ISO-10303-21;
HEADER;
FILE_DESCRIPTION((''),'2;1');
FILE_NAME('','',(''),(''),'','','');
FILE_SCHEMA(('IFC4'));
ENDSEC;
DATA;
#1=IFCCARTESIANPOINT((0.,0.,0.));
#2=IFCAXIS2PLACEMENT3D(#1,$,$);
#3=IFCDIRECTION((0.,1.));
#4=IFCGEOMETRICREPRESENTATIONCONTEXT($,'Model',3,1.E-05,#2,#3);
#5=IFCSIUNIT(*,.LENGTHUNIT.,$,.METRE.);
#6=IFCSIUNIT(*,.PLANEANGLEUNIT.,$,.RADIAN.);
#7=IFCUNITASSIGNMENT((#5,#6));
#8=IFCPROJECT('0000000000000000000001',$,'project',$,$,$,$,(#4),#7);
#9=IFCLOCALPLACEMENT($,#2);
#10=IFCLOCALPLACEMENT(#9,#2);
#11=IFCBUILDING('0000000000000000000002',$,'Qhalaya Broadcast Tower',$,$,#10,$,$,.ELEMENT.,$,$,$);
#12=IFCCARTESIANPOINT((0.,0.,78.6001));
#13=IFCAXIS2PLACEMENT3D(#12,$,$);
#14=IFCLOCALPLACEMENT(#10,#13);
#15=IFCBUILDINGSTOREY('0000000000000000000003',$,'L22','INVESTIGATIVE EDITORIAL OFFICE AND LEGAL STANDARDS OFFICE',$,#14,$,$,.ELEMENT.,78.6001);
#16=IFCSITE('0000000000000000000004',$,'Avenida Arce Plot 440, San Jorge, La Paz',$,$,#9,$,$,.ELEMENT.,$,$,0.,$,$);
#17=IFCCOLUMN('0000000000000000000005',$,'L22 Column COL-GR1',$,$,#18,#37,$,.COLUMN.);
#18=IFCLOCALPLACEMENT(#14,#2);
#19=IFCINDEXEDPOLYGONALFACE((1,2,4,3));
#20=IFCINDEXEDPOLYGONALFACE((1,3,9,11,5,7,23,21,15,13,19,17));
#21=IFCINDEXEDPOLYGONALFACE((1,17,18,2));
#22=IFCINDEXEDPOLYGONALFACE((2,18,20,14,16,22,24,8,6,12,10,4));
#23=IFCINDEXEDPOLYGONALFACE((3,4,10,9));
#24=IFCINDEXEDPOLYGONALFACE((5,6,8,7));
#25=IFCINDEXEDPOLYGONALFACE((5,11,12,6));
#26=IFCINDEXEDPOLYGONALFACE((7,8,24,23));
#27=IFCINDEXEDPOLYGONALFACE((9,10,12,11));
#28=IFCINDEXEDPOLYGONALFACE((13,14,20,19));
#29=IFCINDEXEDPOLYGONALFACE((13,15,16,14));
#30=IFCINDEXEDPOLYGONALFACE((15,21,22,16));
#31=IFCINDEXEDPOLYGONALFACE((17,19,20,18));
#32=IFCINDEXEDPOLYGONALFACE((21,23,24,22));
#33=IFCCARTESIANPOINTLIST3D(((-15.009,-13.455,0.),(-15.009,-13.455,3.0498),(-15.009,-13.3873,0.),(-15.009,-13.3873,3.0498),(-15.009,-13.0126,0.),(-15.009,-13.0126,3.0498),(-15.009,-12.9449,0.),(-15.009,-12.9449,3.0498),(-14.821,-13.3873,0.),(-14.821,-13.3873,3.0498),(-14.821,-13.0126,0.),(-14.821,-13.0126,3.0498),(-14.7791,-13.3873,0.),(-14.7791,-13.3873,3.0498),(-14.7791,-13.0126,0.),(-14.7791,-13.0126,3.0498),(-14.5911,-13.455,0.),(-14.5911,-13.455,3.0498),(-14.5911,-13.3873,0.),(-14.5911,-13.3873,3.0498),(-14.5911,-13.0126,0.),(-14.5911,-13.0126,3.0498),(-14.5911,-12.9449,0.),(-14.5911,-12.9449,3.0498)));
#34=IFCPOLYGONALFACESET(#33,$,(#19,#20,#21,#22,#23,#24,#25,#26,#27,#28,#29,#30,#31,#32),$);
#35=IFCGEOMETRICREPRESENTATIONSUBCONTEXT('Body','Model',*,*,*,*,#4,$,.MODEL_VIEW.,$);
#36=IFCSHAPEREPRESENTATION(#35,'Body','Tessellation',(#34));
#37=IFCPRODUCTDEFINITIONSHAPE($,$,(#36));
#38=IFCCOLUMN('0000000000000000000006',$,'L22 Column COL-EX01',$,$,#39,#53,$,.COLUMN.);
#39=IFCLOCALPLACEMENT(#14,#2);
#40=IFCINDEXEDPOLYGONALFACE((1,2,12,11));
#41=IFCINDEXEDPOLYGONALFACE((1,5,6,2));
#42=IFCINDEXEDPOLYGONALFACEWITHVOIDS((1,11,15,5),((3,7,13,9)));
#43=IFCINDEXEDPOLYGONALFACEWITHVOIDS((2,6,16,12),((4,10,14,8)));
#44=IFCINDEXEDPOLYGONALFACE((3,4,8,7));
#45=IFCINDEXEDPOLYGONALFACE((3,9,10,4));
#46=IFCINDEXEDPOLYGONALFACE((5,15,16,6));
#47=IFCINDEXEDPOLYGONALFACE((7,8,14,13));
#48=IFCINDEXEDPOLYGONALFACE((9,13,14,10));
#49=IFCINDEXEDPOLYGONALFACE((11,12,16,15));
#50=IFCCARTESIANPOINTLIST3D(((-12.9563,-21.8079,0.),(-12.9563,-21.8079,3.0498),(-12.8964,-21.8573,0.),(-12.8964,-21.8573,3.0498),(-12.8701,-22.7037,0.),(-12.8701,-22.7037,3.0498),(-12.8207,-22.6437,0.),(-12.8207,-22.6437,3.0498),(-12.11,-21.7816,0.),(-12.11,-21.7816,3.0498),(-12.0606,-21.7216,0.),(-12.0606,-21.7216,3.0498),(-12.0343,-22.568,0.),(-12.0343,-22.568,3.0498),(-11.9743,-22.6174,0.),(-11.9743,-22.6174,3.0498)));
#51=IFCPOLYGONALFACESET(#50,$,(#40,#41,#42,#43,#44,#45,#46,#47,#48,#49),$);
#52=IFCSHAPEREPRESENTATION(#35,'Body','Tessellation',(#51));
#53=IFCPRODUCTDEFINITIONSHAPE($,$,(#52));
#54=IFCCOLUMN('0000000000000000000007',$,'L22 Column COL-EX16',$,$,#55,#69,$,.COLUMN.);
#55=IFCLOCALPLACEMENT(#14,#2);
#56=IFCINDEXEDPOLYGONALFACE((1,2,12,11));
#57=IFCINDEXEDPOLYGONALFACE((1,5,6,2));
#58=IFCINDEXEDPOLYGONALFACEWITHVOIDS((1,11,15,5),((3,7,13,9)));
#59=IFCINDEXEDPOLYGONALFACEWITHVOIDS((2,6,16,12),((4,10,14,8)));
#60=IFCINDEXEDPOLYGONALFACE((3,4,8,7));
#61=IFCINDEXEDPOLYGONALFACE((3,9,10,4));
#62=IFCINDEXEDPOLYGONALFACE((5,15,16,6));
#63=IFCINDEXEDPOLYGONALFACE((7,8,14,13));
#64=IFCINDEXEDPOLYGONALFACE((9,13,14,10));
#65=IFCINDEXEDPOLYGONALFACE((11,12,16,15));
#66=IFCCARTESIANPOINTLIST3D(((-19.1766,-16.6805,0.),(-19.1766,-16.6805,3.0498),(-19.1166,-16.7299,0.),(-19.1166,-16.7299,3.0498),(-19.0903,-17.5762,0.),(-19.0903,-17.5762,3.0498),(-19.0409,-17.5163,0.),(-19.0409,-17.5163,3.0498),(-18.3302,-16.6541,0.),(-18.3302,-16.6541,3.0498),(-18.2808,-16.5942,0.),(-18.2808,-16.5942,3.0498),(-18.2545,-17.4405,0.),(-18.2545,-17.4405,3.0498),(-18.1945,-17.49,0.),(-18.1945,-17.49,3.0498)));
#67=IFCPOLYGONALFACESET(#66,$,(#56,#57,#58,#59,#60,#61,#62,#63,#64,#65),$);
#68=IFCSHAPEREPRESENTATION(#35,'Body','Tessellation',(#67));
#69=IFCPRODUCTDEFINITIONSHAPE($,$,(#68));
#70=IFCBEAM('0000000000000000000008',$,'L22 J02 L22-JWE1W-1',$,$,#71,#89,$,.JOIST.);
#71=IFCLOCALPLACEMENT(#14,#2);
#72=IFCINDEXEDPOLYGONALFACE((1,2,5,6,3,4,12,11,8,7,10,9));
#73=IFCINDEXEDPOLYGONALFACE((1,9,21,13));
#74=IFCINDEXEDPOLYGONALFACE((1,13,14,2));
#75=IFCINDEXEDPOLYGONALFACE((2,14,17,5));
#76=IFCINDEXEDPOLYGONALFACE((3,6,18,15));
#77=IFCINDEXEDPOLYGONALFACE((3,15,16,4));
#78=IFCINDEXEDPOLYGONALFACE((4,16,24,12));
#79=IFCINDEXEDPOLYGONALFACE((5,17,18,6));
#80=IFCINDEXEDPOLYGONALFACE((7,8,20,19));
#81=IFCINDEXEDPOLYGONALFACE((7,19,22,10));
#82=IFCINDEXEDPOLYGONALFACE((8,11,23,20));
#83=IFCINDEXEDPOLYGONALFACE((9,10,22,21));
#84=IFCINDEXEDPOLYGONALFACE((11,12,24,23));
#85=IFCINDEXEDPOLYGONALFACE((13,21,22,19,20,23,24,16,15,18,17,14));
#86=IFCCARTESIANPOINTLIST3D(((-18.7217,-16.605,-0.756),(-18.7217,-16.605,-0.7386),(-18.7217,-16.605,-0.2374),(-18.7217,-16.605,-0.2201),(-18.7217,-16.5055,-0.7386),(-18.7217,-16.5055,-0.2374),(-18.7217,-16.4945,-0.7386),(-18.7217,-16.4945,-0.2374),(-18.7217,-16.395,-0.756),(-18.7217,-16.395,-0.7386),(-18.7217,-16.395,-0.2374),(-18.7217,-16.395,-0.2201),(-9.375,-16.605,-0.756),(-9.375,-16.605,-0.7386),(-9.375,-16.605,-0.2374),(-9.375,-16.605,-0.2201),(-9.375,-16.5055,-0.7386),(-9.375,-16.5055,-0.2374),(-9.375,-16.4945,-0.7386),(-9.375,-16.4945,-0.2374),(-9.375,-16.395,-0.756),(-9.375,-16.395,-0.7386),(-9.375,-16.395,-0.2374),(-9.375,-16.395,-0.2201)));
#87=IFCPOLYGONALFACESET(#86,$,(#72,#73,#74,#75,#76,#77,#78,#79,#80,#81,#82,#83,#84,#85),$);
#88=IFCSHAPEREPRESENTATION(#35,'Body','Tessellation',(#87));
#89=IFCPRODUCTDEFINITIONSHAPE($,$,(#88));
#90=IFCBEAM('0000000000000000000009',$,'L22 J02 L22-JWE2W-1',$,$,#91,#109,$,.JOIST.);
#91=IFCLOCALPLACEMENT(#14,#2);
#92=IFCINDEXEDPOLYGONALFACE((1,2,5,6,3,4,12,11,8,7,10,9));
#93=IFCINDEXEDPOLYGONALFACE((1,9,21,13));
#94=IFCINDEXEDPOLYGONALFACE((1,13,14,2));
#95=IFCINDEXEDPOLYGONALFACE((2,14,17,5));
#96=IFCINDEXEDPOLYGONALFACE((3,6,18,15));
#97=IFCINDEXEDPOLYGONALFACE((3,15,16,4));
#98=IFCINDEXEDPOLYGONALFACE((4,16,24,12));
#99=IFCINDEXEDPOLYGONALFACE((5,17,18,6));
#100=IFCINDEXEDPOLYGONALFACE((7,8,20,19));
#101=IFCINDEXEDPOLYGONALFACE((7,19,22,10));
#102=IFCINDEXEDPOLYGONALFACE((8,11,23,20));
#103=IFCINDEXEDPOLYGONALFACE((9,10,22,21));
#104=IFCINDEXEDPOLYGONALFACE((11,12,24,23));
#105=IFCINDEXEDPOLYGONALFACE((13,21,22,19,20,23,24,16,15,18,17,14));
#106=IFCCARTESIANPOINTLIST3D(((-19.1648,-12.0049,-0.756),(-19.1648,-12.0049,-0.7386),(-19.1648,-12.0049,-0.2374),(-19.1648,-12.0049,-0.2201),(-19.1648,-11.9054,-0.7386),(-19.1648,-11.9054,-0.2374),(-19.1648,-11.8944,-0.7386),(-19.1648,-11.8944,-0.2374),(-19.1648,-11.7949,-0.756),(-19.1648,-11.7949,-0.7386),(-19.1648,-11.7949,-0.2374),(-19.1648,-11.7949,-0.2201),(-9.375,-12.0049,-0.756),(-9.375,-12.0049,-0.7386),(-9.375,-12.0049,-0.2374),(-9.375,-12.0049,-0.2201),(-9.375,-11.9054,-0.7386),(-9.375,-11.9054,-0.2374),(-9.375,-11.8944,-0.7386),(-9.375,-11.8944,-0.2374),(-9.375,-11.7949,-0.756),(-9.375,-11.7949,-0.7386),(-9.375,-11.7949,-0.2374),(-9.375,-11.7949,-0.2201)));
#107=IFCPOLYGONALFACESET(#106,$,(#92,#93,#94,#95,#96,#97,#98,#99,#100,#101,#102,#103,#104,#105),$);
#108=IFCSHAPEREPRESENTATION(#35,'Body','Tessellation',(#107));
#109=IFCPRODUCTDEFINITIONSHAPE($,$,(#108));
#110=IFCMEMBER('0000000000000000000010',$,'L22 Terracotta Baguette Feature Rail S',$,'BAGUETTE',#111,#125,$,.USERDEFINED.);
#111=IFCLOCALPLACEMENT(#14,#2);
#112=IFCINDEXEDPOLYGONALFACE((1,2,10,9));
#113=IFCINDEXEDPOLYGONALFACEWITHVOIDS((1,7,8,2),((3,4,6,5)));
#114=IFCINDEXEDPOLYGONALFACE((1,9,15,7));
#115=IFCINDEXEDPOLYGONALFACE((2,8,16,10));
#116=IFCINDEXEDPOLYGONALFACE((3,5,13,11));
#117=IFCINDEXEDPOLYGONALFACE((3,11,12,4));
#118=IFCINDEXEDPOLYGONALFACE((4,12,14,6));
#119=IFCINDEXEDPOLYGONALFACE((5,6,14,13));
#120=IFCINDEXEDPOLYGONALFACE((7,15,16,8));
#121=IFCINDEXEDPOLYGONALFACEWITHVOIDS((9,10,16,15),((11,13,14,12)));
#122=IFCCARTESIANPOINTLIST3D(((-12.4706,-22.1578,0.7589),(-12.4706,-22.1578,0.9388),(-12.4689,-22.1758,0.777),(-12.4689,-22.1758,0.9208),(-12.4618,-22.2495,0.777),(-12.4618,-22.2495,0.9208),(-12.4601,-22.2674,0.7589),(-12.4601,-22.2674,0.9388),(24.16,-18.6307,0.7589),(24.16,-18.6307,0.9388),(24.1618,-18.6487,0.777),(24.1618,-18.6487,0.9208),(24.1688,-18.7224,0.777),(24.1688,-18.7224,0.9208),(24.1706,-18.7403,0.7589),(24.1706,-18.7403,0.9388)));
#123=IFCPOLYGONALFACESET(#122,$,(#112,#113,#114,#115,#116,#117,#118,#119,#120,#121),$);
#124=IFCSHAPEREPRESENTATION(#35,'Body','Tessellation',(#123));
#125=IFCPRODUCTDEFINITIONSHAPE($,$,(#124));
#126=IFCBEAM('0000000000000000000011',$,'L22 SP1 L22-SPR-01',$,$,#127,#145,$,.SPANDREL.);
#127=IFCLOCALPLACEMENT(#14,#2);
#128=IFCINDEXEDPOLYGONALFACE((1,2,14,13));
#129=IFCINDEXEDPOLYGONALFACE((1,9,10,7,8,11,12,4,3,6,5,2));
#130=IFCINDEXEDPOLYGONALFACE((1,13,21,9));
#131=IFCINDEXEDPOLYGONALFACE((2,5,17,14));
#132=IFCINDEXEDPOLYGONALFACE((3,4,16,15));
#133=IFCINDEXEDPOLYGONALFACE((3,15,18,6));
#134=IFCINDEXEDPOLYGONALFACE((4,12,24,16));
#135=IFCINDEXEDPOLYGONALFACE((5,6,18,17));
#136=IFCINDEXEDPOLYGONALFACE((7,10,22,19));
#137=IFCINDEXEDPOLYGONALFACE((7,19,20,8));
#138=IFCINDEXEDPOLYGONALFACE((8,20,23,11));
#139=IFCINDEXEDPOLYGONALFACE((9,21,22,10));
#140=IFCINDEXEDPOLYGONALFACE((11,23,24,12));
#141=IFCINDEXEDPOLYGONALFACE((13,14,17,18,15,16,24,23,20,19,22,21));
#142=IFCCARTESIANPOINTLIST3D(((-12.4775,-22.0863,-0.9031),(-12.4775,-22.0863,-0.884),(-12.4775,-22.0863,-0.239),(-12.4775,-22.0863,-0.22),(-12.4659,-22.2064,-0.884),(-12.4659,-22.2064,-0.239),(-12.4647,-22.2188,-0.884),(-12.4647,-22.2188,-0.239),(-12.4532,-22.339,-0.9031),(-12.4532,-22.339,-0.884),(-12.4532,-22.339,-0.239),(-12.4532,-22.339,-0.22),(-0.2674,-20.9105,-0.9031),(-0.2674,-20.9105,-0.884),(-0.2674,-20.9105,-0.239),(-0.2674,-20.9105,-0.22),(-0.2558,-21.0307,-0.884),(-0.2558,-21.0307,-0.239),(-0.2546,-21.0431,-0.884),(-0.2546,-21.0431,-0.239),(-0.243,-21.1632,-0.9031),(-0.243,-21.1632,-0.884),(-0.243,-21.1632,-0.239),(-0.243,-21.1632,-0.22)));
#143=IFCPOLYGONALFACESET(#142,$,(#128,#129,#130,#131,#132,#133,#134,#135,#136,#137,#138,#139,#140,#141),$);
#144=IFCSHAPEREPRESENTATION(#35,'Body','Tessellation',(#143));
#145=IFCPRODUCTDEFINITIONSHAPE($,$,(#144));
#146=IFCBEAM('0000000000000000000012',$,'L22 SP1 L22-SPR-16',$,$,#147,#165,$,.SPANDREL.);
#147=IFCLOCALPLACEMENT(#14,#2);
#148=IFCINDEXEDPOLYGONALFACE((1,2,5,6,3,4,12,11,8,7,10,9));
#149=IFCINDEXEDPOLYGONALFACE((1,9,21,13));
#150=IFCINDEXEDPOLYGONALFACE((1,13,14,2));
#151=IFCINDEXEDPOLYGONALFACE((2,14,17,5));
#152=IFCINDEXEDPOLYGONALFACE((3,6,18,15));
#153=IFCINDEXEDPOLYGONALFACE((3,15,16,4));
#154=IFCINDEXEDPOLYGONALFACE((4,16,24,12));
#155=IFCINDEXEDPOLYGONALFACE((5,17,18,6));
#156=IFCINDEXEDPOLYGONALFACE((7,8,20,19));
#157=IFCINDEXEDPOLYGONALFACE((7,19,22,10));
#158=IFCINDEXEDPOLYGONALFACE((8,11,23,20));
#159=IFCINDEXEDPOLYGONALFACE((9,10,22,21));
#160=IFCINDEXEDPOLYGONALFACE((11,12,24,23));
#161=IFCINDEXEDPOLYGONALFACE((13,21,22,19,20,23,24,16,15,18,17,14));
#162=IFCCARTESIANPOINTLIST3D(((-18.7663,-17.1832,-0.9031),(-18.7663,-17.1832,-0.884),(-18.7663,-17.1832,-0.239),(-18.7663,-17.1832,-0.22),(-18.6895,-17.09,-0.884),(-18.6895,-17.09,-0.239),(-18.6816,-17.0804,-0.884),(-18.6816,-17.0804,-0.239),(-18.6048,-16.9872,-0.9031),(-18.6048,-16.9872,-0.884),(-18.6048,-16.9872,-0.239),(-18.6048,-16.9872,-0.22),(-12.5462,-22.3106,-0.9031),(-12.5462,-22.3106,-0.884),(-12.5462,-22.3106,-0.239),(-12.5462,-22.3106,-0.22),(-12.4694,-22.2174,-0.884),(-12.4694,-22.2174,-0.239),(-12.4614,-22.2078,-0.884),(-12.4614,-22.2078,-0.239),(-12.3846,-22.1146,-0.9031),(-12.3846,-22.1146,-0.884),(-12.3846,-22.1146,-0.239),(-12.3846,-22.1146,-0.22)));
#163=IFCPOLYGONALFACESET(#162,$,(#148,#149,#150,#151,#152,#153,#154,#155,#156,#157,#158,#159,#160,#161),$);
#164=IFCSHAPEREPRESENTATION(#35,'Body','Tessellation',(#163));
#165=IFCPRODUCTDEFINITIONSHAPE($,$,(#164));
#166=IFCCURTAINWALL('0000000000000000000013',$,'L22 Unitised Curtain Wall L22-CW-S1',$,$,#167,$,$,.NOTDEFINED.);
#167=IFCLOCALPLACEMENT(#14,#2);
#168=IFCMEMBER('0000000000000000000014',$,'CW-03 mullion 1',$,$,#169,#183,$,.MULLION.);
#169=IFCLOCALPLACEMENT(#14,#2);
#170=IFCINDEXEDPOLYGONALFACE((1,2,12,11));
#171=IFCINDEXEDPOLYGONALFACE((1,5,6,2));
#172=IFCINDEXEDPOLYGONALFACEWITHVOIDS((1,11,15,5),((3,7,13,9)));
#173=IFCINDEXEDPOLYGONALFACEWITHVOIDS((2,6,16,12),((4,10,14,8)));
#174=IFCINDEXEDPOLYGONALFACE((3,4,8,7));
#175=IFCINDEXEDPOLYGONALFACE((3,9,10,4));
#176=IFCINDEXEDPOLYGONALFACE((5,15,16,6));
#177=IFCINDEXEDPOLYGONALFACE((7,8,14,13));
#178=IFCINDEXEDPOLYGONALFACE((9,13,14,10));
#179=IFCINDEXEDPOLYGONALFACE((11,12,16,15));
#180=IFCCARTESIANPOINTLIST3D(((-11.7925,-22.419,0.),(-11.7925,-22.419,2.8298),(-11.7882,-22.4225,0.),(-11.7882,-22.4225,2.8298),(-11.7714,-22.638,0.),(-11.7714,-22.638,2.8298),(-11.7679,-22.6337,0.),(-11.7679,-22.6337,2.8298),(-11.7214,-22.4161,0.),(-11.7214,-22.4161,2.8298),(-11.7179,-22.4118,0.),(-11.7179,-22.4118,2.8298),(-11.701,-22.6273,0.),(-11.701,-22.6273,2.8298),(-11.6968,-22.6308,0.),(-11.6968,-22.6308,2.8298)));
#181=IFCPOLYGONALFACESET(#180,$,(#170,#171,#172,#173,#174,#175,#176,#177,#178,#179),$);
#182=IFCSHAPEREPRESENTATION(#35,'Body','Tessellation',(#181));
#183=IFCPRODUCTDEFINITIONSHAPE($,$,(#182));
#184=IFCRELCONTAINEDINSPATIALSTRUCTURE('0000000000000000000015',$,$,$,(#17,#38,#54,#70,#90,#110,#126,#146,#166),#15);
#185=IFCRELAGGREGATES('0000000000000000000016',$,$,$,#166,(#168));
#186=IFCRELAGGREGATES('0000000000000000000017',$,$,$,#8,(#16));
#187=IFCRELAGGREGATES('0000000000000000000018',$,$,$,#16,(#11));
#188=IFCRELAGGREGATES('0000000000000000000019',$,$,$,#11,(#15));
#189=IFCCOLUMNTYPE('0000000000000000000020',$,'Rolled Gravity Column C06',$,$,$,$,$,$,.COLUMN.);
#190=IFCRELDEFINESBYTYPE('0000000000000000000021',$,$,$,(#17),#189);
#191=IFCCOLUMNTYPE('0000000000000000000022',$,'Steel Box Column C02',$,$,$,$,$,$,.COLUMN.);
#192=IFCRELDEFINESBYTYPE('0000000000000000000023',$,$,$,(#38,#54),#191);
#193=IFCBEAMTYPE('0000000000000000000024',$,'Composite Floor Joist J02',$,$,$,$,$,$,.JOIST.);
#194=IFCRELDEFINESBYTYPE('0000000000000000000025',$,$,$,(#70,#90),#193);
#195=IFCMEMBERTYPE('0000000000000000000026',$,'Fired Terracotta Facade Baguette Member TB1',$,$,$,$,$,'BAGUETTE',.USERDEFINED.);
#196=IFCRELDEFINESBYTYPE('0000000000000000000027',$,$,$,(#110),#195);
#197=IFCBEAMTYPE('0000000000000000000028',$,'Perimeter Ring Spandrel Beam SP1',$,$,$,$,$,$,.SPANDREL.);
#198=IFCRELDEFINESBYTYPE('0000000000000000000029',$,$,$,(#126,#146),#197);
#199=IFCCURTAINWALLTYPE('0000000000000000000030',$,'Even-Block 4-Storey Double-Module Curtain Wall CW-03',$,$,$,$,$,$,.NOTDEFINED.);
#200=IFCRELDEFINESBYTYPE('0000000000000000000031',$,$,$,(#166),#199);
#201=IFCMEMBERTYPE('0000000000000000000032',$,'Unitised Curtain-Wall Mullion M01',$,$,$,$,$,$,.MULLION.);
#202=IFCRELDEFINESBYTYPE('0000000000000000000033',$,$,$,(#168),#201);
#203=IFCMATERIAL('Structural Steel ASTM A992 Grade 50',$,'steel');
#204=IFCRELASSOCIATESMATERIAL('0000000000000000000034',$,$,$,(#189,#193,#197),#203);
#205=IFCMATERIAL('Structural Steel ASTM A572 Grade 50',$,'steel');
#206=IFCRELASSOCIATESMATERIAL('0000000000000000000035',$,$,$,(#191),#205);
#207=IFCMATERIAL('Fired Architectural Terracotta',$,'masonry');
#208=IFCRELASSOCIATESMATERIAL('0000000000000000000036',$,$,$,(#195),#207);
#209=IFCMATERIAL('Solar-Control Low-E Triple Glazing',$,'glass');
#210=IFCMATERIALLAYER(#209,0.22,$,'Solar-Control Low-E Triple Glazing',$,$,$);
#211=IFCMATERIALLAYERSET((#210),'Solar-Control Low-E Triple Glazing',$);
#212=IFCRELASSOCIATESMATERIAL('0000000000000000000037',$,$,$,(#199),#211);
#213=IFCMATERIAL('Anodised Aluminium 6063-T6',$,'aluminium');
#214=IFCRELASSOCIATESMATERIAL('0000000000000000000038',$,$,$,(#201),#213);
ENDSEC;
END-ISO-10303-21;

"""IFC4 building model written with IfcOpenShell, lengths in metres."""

from ifc_helpers import new_model, si_unit, direction, frame, origin, origin_2d, place, context, subcontext, project, spatial, hollow_rectangle, i_section, extrude, material, layer, layer_set, material_profile, profile_set, type_object, element, aggregate, save


model = new_model("IFC4")

# Units and contexts
model_context = context("Model", 3, precision=1e-05, world=origin(), true_north=direction((0.0, 1.0)))
body_context = subcontext(model_context, "Body", "Model", "MODEL_VIEW")
ifc_project = project(units=[si_unit("LENGTHUNIT", "METRE"), si_unit("PLANEANGLEUNIT", "RADIAN")], contexts=[model_context])

# Site, building, storey
site_placement = place(None, origin())
site = spatial("IfcSite", under=ifc_project, at=site_placement, Name="Avenida Arce Plot 440, San Jorge, La Paz", CompositionType="ELEMENT", RefElevation=0.0)
building_placement = place(site_placement, origin())
building = spatial("IfcBuilding", under=site, at=building_placement, Name="Qhalaya Broadcast Tower", CompositionType="ELEMENT")
storey_placement = place(building_placement, frame((0.0, 0.0, 78.6001)))
storey = spatial("IfcBuildingStorey", under=building, at=storey_placement, Name="L22", Description="INVESTIGATIVE EDITORIAL OFFICE AND LEGAL STANDARDS OFFICE", CompositionType="ELEMENT", Elevation=78.6001)

# Columns
ifc_material_1 = material(Name="Structural Steel ASTM A992 Grade 50", Category="steel")
ifc_material_profile_1 = material_profile(ifc_material_1, i_section(OverallWidth=0.418, OverallDepth=0.51, WebThickness=0.042, FlangeThickness=0.0676, at=origin_2d()), Name="W14X370")
ifc_profile_set_1 = profile_set([ifc_material_profile_1], Name="Structural Steel ASTM A992 Grade 50")
column_type_1 = type_object("IfcColumnType", Name="Rolled Gravity Column C06", PredefinedType="COLUMN", material=ifc_profile_set_1)
column_placement = place(storey_placement, frame((-14.8, -13.2, 0.0), z_axis=(0.0, 0.0, 1.0), x_axis=(1.0, 0.0, 0.0)))
element("IfcColumn", 1, at=column_placement, inside=storey, type_object=column_type_1, Name="L22 Column COL-GR1", PredefinedType="COLUMN", context=body_context, shape_type="SweptSolid", body=[
    extrude(i_section(OverallWidth=0.418, OverallDepth=0.51, WebThickness=0.042, FlangeThickness=0.0676, at=origin_2d()), origin(), (0.0, 0.0, 1.0), 3.0498),
])
ifc_material_2 = material(Name="Structural Steel ASTM A572 Grade 50", Category="steel")
ifc_material_profile_2 = material_profile(ifc_material_2, hollow_rectangle(XDim=0.8999, YDim=0.8999, WallThickness=0.0549, at=origin_2d()), Name="BOX 900x900x55")
ifc_profile_set_2 = profile_set([ifc_material_profile_2], Name="Structural Steel ASTM A572 Grade 50")
column_type_2 = type_object("IfcColumnType", Name="Steel Box Column C02", PredefinedType="COLUMN", material=ifc_profile_set_2)
for number, where, z_axis, x_axis, name in (
    (2, (-12.4653, -22.2126, 0.0), (0.0, 0.0, 1.0), (0.995396, 0.095846, 0.0), "L22 Column COL-EX01"),
    (3, (-18.6855, -17.0852, 0.0), (0.0, 0.0, 1.0), (-0.095846, 0.995396, 0.0), "L22 Column COL-EX16"),
):
    element("IfcColumn", number, at=place(storey_placement, frame(where, z_axis=z_axis, x_axis=x_axis)), inside=storey, type_object=column_type_2, Name=name, PredefinedType="COLUMN", context=body_context, shape_type="SweptSolid", body=[
        extrude(hollow_rectangle(XDim=0.8999, YDim=0.8999, WallThickness=0.0549, at=origin_2d()), origin(), (0.0, 0.0, 1.0), 3.0498),
    ])

# Beams
ifc_material_profile_3 = material_profile(ifc_material_1, i_section(OverallWidth=0.21, OverallDepth=0.5359, WebThickness=0.011, FlangeThickness=0.0173, at=origin_2d()), Name="W21X68")
ifc_profile_set_3 = profile_set([ifc_material_profile_3], Name="Structural Steel ASTM A992 Grade 50")
beam_type_1 = type_object("IfcBeamType", Name="Composite Floor Joist J02", PredefinedType="JOIST", material=ifc_profile_set_3)
beam_1_placement = place(storey_placement, frame((-18.7217, -16.5, -0.488), z_axis=(1.0, 0.0, 0.0), x_axis=(0.0, 1.0, 0.0)))
element("IfcBeam", 4, at=beam_1_placement, inside=storey, type_object=beam_type_1, Name="L22 J02 L22-JWE1W-1", PredefinedType="JOIST", context=body_context, shape_type="SweptSolid", body=[
    extrude(i_section(OverallWidth=0.21, OverallDepth=0.5359, WebThickness=0.011, FlangeThickness=0.0173, at=origin_2d()), origin(), (0.0, 0.0, 1.0), 9.3467),
])
beam_2_placement = place(storey_placement, frame((-19.1648, -11.8999, -0.488), z_axis=(1.0, 0.0, 0.0), x_axis=(0.0, 1.0, 0.0)))
element("IfcBeam", 5, at=beam_2_placement, inside=storey, type_object=beam_type_1, Name="L22 J02 L22-JWE2W-1", PredefinedType="JOIST", context=body_context, shape_type="SweptSolid", body=[
    extrude(i_section(OverallWidth=0.21, OverallDepth=0.5359, WebThickness=0.011, FlangeThickness=0.0173, at=origin_2d()), origin(), (0.0, 0.0, 1.0), 9.7898),
])

# Member
ifc_material_3 = material(Name="Fired Architectural Terracotta", Category="masonry")
ifc_material_profile_4 = material_profile(ifc_material_3, hollow_rectangle(XDim=0.1101, YDim=0.1799, WallThickness=0.0181, at=origin_2d()), Name="TB-BAG 110x180x18")
ifc_profile_set_4 = profile_set([ifc_material_profile_4], Name="Fired Architectural Terracotta")
member_type_1 = type_object("IfcMemberType", Name="Fired Terracotta Facade Baguette Member TB1", ElementType="BAGUETTE", PredefinedType="USERDEFINED", material=ifc_profile_set_4)
member_1_placement = place(storey_placement, frame((-12.4653, -22.2126, 0.8489), z_axis=(0.995396, 0.095845, 0.0), x_axis=(-0.095845, 0.995396, 0.0)))
element("IfcMember", 6, at=member_1_placement, inside=storey, type_object=member_type_1, Name="L22 Terracotta Baguette Feature Rail S", ObjectType="BAGUETTE", PredefinedType="USERDEFINED", context=body_context, shape_type="SweptSolid", body=[
    extrude(hollow_rectangle(XDim=0.1101, YDim=0.1799, WallThickness=0.0181, at=origin_2d()), origin(), (0.0, 0.0, 1.0), 36.8),
])

# Beams
ifc_material_profile_5 = material_profile(ifc_material_1, i_section(OverallWidth=0.2539, OverallDepth=0.6831, WebThickness=0.0125, FlangeThickness=0.019, at=origin_2d()), Name="W27X94")
ifc_profile_set_5 = profile_set([ifc_material_profile_5], Name="Structural Steel ASTM A992 Grade 50")
beam_type_2 = type_object("IfcBeamType", Name="Perimeter Ring Spandrel Beam SP1", PredefinedType="SPANDREL", material=ifc_profile_set_5)
beam_3_placement = place(storey_placement, frame((-12.4653, -22.2126, -0.5615), z_axis=(0.995396, 0.095852, 0.0), x_axis=(-0.095852, 0.995396, 0.0)))
element("IfcBeam", 7, at=beam_3_placement, inside=storey, type_object=beam_type_2, Name="L22 SP1 L22-SPR-01", PredefinedType="SPANDREL", context=body_context, shape_type="SweptSolid", body=[
    extrude(i_section(OverallWidth=0.2539, OverallDepth=0.6831, WebThickness=0.0125, FlangeThickness=0.019, at=origin_2d()), origin(), (0.0, 0.0, 1.0), 12.2666),
])
beam_4_placement = place(storey_placement, frame((-18.6855, -17.0852, -0.5615), z_axis=(0.771631, -0.63607, 0.0), x_axis=(0.63607, 0.771631, 0.0)))
element("IfcBeam", 8, at=beam_4_placement, inside=storey, type_object=beam_type_2, Name="L22 SP1 L22-SPR-16", PredefinedType="SPANDREL", context=body_context, shape_type="SweptSolid", body=[
    extrude(i_section(OverallWidth=0.2539, OverallDepth=0.6831, WebThickness=0.0125, FlangeThickness=0.019, at=origin_2d()), origin(), (0.0, 0.0, 1.0), 8.061),
])

# Curtain wall, member
ifc_material_4 = material(Name="Solar-Control Low-E Triple Glazing", Category="glass")
ifc_layer_1 = layer(ifc_material_4, 0.22, Name="Solar-Control Low-E Triple Glazing")
ifc_layer_set_1 = layer_set([ifc_layer_1], Name="Solar-Control Low-E Triple Glazing")
curtain_wall_type_1 = type_object("IfcCurtainWallType", Name="Even-Block 4-Storey Double-Module Curtain Wall CW-03", PredefinedType="NOTDEFINED", material=ifc_layer_set_1)
curtain_wall_1_placement = place(storey_placement, origin())
curtain_wall_1 = element("IfcCurtainWall", 9, at=curtain_wall_1_placement, inside=storey, type_object=curtain_wall_type_1, Name="L22 Unitised Curtain Wall L22-CW-S1", PredefinedType="NOTDEFINED")
ifc_material_5 = material(Name="Anodised Aluminium 6063-T6", Category="aluminium")
ifc_material_profile_6 = material_profile(ifc_material_5, hollow_rectangle(XDim=0.075, YDim=0.22, WallThickness=0.0039, at=origin_2d()), Name="ALU-MUL 75x220x4")
ifc_profile_set_6 = profile_set([ifc_material_profile_6], Name="Anodised Aluminium 6063-T6")
member_type_2 = type_object("IfcMemberType", Name="Unitised Curtain-Wall Mullion M01", PredefinedType="MULLION", material=ifc_profile_set_6)
member_2_placement = place(storey_placement, frame((-11.7446, -22.5249, 0.0), z_axis=(0.0, 0.0, 1.0), x_axis=(0.995398, 0.095829, 0.0)))
member_2 = element("IfcMember", 10, at=member_2_placement, type_object=member_type_2, Name="CW-03 mullion 1", PredefinedType="MULLION", context=body_context, shape_type="SweptSolid", body=[
    extrude(hollow_rectangle(XDim=0.075, YDim=0.22, WallThickness=0.0039, at=origin_2d()), origin(), (0.0, 0.0, 1.0), 2.8298),
])

aggregate(curtain_wall_1, [member_2])

save(model, "model.ifc")
